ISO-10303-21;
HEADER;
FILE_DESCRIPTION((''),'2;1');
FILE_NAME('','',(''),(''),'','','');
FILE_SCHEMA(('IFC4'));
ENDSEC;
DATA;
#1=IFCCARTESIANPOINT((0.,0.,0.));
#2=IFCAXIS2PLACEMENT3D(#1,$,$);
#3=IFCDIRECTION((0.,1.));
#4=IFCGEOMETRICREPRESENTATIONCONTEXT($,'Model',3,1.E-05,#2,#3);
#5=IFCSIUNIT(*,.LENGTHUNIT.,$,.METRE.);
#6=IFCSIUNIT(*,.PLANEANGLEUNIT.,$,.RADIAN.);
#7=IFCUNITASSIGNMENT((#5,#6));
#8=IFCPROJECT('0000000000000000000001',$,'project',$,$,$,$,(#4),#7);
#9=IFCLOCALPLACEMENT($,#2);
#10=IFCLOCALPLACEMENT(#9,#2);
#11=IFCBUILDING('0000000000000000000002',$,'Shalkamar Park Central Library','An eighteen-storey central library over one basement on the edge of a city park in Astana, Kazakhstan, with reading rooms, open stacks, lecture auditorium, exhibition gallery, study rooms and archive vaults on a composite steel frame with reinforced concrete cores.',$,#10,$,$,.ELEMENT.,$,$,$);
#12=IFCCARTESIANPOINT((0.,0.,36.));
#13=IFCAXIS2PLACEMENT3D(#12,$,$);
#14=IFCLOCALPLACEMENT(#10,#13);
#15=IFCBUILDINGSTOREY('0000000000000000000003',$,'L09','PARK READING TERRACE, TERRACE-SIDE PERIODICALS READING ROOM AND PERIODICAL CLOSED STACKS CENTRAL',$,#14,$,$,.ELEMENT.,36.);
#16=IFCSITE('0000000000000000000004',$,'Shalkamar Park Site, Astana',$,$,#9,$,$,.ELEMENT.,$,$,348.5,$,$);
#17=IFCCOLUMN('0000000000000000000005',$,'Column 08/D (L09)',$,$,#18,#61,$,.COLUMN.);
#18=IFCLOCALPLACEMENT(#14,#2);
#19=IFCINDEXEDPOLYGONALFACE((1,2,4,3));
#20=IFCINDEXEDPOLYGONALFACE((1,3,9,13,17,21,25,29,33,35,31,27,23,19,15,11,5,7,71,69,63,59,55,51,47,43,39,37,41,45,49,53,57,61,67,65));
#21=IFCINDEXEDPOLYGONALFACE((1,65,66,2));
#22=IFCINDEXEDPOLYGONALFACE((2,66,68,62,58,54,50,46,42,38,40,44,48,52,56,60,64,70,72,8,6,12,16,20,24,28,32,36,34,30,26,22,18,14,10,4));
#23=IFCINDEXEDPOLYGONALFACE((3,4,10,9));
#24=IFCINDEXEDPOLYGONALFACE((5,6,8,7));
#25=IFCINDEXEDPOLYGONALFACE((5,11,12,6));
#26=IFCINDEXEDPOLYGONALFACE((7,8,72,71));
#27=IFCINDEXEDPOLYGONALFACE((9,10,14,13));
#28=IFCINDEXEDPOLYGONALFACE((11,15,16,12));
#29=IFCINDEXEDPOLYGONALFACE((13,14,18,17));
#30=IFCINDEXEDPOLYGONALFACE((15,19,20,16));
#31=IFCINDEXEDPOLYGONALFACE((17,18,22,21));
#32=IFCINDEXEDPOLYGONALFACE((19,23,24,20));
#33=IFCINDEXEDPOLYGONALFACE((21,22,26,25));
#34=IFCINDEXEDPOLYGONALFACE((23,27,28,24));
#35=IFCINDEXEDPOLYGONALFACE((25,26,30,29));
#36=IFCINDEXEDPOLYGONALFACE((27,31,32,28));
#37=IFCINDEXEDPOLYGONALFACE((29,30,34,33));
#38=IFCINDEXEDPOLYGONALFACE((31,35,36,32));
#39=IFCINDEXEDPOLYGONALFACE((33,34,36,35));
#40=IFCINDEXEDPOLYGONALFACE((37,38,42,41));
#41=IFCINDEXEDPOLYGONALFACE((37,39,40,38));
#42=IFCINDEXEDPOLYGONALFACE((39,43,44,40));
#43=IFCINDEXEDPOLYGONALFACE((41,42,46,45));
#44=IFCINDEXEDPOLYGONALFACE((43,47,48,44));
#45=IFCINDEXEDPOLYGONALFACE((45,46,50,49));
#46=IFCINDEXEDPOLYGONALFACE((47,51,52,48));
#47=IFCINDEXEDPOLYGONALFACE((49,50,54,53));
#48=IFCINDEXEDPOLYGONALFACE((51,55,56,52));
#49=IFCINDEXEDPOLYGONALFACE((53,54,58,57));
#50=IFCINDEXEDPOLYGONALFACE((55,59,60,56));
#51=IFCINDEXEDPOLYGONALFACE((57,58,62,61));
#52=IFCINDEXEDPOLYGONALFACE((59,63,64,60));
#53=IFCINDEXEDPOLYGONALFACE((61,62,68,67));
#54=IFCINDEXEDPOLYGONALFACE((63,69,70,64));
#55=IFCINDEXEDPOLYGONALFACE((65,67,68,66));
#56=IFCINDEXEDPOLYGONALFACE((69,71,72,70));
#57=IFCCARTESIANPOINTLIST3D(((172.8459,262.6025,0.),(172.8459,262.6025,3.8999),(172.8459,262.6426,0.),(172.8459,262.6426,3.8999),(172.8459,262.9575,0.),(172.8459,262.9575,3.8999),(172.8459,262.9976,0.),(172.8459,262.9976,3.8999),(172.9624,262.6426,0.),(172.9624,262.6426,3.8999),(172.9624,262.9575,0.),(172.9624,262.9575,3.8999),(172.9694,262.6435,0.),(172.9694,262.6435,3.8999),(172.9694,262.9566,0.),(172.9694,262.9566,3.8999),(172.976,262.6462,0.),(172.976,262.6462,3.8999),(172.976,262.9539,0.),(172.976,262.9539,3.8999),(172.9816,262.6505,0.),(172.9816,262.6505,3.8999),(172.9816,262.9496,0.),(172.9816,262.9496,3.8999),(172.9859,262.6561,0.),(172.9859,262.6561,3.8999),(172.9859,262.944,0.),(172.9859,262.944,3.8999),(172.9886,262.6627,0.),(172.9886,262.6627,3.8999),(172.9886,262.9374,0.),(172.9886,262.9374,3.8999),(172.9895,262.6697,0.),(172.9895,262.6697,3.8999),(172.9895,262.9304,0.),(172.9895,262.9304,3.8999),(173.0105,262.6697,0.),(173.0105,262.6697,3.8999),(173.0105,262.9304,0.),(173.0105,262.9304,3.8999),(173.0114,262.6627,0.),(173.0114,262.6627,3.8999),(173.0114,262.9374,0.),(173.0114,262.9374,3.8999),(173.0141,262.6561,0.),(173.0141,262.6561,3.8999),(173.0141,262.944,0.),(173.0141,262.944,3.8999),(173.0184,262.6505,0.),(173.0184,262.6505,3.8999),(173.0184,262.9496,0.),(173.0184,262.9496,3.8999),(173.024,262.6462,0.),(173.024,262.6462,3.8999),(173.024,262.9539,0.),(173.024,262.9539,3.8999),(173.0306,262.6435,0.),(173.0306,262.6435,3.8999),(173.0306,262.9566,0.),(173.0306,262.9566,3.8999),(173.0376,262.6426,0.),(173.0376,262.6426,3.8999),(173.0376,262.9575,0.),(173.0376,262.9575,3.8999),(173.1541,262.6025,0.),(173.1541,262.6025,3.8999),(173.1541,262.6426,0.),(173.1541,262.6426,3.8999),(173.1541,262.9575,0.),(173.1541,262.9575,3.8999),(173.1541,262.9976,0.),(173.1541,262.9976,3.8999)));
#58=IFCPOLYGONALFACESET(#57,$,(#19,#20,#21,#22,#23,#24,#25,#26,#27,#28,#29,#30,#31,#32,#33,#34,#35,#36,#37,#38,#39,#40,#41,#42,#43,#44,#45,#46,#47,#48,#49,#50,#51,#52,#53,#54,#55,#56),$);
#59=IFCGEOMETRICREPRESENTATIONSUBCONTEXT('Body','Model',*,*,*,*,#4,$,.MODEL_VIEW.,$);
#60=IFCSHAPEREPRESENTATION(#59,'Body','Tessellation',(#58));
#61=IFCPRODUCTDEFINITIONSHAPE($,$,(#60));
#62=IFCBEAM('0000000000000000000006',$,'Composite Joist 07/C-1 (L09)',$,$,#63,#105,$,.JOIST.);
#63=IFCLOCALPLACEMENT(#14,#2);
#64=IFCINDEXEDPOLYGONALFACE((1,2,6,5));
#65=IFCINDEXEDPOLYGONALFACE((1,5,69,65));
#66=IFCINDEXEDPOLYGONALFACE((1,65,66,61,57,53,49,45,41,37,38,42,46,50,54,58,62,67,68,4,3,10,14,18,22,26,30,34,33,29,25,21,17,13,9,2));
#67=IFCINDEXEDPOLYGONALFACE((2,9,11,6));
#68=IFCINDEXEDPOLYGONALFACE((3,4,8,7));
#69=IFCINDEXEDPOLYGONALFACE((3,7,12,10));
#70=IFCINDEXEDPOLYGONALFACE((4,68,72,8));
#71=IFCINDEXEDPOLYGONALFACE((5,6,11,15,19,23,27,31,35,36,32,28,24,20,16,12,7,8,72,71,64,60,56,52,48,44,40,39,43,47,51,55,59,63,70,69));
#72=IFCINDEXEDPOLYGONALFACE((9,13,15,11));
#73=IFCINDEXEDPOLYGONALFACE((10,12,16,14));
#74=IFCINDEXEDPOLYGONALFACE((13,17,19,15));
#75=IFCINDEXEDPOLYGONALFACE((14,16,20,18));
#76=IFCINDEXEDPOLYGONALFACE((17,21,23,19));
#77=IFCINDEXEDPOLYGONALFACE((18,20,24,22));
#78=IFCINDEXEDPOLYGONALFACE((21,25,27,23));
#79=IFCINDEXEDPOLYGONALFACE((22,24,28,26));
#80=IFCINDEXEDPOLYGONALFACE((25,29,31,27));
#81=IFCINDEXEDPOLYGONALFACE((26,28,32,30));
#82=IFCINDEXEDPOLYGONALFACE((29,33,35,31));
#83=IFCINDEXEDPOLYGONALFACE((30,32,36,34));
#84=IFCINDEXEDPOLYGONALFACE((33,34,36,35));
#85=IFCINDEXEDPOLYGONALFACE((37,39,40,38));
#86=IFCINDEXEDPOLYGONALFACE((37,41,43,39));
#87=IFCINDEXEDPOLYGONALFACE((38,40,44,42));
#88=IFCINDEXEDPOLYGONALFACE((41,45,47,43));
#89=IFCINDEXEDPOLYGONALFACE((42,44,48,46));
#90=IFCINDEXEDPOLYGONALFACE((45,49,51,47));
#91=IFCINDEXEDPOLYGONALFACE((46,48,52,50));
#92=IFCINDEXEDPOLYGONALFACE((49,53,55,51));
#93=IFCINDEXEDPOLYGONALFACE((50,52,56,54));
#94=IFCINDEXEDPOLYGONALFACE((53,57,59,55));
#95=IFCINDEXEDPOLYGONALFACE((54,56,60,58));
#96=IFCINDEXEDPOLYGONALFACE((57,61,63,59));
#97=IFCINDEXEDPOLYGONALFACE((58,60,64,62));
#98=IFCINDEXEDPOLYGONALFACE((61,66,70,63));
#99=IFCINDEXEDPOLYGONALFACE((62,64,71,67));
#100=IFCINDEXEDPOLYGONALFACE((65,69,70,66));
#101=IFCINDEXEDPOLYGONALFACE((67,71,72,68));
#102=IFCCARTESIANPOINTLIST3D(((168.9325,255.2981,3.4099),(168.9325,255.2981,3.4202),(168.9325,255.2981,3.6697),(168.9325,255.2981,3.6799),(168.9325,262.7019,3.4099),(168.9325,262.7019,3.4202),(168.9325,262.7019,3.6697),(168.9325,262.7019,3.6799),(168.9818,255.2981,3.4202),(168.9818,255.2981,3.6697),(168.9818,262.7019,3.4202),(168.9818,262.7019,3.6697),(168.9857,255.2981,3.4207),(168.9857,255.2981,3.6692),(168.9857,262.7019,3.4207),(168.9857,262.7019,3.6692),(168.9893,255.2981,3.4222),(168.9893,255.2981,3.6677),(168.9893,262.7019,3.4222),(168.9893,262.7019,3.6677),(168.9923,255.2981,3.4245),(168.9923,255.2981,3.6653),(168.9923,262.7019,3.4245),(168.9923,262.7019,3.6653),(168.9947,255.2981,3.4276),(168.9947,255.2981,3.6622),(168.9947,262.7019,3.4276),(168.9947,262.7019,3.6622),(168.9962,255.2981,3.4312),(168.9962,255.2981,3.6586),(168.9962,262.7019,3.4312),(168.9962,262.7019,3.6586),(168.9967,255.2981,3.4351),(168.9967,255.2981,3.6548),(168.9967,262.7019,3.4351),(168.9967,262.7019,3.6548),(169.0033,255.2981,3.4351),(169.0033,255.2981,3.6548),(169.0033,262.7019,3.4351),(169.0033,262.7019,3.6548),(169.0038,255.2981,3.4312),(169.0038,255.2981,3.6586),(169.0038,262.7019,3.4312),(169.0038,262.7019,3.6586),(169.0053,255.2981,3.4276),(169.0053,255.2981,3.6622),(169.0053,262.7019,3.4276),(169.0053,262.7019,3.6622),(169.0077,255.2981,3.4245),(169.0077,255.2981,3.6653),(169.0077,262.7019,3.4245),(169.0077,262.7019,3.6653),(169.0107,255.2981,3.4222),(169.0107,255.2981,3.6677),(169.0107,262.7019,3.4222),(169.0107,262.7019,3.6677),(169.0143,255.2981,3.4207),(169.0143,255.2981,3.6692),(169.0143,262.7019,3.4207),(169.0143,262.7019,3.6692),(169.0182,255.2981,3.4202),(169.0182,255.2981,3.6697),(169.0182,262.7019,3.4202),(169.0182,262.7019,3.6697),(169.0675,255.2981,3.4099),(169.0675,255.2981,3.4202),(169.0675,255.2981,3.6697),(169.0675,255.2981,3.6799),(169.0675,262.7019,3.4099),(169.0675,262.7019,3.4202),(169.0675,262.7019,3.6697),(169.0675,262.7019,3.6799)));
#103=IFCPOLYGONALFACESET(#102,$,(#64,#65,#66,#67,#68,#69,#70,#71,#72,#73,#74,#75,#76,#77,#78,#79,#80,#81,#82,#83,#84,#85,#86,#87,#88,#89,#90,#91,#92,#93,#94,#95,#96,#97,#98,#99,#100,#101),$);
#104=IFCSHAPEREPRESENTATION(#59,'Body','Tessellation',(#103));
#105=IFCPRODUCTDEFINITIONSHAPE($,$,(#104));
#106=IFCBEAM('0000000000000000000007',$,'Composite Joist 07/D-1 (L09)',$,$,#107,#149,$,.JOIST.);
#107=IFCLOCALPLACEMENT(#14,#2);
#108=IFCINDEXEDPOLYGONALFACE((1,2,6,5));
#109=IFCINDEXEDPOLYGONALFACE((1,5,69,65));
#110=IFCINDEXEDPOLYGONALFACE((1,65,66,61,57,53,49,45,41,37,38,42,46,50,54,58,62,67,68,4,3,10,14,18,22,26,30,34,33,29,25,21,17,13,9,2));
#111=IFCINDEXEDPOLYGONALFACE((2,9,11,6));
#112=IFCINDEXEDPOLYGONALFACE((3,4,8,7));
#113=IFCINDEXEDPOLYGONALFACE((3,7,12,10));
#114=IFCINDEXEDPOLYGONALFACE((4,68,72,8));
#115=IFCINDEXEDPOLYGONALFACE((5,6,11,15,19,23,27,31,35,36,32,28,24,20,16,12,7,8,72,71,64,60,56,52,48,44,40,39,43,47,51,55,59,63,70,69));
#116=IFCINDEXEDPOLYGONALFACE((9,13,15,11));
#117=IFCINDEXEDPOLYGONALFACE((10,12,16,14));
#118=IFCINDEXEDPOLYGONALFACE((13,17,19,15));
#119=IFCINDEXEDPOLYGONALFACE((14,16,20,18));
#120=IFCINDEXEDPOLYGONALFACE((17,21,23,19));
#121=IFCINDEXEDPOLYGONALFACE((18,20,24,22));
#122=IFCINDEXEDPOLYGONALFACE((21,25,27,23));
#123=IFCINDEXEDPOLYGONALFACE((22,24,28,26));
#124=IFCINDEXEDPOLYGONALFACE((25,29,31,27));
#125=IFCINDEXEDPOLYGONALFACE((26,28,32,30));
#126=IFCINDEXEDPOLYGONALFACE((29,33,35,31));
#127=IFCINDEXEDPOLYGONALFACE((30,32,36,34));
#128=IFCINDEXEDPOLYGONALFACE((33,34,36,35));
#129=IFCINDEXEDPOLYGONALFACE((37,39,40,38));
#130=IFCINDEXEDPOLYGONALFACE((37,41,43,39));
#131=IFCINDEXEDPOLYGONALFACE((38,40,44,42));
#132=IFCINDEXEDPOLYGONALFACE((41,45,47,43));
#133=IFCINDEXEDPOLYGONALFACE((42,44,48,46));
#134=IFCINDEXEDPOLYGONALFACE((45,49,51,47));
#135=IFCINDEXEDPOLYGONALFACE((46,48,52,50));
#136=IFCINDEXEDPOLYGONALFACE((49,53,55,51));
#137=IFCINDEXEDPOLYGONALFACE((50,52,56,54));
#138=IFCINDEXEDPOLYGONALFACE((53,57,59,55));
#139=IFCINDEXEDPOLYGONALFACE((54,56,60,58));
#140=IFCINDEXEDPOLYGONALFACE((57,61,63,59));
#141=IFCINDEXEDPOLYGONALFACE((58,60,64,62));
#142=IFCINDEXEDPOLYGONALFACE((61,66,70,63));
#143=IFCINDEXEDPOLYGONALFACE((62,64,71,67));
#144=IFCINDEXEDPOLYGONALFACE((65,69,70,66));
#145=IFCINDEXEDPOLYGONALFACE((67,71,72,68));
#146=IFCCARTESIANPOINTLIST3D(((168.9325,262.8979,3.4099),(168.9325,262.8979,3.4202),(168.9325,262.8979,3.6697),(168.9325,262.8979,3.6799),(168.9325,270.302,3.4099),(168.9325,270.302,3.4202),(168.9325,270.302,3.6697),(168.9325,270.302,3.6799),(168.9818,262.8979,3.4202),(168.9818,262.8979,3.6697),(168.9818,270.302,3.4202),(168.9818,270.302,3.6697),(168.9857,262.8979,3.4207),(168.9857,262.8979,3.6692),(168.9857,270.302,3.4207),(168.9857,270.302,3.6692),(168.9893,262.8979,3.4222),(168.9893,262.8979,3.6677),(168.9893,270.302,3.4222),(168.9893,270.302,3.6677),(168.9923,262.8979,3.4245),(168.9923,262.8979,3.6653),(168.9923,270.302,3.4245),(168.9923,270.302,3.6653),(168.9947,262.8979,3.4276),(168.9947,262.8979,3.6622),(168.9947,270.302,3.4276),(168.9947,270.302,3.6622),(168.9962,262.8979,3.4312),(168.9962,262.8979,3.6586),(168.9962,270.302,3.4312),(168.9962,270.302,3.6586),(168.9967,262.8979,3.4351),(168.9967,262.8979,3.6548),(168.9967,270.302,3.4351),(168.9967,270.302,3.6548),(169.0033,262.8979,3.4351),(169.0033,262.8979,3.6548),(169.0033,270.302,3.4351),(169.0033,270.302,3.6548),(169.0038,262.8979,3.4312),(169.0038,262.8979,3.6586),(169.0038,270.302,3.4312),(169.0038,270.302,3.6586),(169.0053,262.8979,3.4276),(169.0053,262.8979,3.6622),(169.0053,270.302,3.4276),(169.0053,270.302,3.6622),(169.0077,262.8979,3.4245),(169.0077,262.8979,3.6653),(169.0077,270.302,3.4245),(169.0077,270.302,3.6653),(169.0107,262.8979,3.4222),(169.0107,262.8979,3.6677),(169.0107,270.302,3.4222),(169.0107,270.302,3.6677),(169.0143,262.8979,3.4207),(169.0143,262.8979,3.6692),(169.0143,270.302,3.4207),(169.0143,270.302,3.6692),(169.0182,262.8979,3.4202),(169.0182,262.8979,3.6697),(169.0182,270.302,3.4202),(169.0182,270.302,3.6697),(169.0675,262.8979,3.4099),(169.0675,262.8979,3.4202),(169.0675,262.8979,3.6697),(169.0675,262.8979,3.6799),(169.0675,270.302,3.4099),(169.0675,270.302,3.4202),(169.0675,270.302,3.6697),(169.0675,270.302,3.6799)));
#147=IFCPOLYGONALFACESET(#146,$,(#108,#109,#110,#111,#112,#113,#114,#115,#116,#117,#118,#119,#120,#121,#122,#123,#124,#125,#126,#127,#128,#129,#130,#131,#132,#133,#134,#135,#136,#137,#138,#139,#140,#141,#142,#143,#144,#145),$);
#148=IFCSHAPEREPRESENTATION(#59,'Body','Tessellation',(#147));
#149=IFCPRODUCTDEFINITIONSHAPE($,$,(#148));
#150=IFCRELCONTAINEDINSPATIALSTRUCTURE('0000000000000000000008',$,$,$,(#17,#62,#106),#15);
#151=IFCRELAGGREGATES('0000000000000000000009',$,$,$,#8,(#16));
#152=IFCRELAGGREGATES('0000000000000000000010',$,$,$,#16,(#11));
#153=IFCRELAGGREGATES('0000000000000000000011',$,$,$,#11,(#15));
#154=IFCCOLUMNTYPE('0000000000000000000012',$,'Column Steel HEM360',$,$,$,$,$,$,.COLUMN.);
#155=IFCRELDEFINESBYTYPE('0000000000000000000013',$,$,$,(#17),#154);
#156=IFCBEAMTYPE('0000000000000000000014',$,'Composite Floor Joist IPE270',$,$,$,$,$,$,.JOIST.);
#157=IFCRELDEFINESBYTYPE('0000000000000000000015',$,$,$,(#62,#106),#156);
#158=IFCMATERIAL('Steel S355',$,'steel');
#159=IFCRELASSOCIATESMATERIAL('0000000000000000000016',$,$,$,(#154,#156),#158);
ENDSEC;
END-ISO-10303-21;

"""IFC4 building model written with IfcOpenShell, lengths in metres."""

from ifc_helpers import new_model, si_unit, direction, frame, origin, origin_2d, place, context, subcontext, project, spatial, i_section, extrude, material, material_profile, profile_set, type_object, element, save


model = new_model("IFC4")

# Units and contexts
model_context = context("Model", 3, precision=1e-05, world=origin(), true_north=direction((0.0, 1.0)))
body_context = subcontext(model_context, "Body", "Model", "MODEL_VIEW")
ifc_project = project(units=[si_unit("LENGTHUNIT", "METRE"), si_unit("PLANEANGLEUNIT", "RADIAN")], contexts=[model_context])

# Site, building, storey
site_placement = place(None, origin())
site = spatial("IfcSite", under=ifc_project, at=site_placement, Name="Shalkamar Park Site, Astana", CompositionType="ELEMENT", RefElevation=348.5)
building_placement = place(site_placement, origin())
building = spatial("IfcBuilding", under=site, at=building_placement, Name="Shalkamar Park Central Library", Description="An eighteen-storey central library over one basement on the edge of a city park in Astana, Kazakhstan, with reading rooms, open stacks, lecture auditorium, exhibition gallery, study rooms and archive vaults on a composite steel frame with reinforced concrete cores.", CompositionType="ELEMENT")
storey_placement = place(building_placement, frame((0.0, 0.0, 36.0)))
storey = spatial("IfcBuildingStorey", under=building, at=storey_placement, Name="L09", Description="PARK READING TERRACE, TERRACE-SIDE PERIODICALS READING ROOM AND PERIODICAL CLOSED STACKS CENTRAL", CompositionType="ELEMENT", Elevation=36.0)

# Column
ifc_material_1 = material(Name="Steel S355", Category="steel")
ifc_material_profile_1 = material_profile(ifc_material_1, i_section(OverallWidth=0.3081, OverallDepth=0.395, WebThickness=0.021, FlangeThickness=0.04, FilletRadius=0.0271, at=origin_2d()), Name="HEM 360")
ifc_profile_set_1 = profile_set([ifc_material_profile_1], Name="Steel S355")
column_type_1 = type_object("IfcColumnType", Name="Column Steel HEM360", PredefinedType="COLUMN", material=ifc_profile_set_1)
for number, where, z_axis, x_axis, name in (
    (1, (173.0, 262.8, 0.0), (0.0, 0.0, 1.0), (1.0, 0.0, 0.0), "Column 08/D (L09)"),
):
    element("IfcColumn", number, at=place(storey_placement, frame(where, z_axis=z_axis, x_axis=x_axis)), inside=storey, type_object=column_type_1, Name=name, PredefinedType="COLUMN", context=body_context, shape_type="SweptSolid", body=[
        extrude(i_section(OverallWidth=0.3081, OverallDepth=0.395, WebThickness=0.021, FlangeThickness=0.04, FilletRadius=0.0271, at=origin_2d()), origin(), (0.0, 0.0, 1.0), 3.8999),
    ])

# Beams
ifc_material_profile_2 = material_profile(ifc_material_1, i_section(OverallWidth=0.135, OverallDepth=0.27, WebThickness=0.0066, FlangeThickness=0.0103, FilletRadius=0.0149, at=origin_2d()), Name="IPE 270")
ifc_profile_set_2 = profile_set([ifc_material_profile_2], Name="Steel S355")
beam_type_1 = type_object("IfcBeamType", Name="Composite Floor Joist IPE270", PredefinedType="JOIST", material=ifc_profile_set_2)
beam_1_placement = place(storey_placement, frame((169.0, 255.2981, 3.5449), z_axis=(0.0, 1.0, 0.0), x_axis=(-1.0, 0.0, 0.0)))
element("IfcBeam", 2, at=beam_1_placement, inside=storey, type_object=beam_type_1, Name="Composite Joist 07/C-1 (L09)", PredefinedType="JOIST", context=body_context, shape_type="SweptSolid", body=[
    extrude(i_section(OverallWidth=0.135, OverallDepth=0.27, WebThickness=0.0066, FlangeThickness=0.0103, FilletRadius=0.0149, at=origin_2d()), origin(), (0.0, 0.0, 1.0), 7.4038),
])
beam_2_placement = place(storey_placement, frame((169.0, 262.8979, 3.5449), z_axis=(0.0, 1.0, 0.0), x_axis=(-1.0, 0.0, 0.0)))
element("IfcBeam", 3, at=beam_2_placement, inside=storey, type_object=beam_type_1, Name="Composite Joist 07/D-1 (L09)", PredefinedType="JOIST", context=body_context, shape_type="SweptSolid", body=[
    extrude(i_section(OverallWidth=0.135, OverallDepth=0.27, WebThickness=0.0066, FlangeThickness=0.0103, FilletRadius=0.0149, at=origin_2d()), origin(), (0.0, 0.0, 1.0), 7.4041),
])

save(model, "model.ifc")
